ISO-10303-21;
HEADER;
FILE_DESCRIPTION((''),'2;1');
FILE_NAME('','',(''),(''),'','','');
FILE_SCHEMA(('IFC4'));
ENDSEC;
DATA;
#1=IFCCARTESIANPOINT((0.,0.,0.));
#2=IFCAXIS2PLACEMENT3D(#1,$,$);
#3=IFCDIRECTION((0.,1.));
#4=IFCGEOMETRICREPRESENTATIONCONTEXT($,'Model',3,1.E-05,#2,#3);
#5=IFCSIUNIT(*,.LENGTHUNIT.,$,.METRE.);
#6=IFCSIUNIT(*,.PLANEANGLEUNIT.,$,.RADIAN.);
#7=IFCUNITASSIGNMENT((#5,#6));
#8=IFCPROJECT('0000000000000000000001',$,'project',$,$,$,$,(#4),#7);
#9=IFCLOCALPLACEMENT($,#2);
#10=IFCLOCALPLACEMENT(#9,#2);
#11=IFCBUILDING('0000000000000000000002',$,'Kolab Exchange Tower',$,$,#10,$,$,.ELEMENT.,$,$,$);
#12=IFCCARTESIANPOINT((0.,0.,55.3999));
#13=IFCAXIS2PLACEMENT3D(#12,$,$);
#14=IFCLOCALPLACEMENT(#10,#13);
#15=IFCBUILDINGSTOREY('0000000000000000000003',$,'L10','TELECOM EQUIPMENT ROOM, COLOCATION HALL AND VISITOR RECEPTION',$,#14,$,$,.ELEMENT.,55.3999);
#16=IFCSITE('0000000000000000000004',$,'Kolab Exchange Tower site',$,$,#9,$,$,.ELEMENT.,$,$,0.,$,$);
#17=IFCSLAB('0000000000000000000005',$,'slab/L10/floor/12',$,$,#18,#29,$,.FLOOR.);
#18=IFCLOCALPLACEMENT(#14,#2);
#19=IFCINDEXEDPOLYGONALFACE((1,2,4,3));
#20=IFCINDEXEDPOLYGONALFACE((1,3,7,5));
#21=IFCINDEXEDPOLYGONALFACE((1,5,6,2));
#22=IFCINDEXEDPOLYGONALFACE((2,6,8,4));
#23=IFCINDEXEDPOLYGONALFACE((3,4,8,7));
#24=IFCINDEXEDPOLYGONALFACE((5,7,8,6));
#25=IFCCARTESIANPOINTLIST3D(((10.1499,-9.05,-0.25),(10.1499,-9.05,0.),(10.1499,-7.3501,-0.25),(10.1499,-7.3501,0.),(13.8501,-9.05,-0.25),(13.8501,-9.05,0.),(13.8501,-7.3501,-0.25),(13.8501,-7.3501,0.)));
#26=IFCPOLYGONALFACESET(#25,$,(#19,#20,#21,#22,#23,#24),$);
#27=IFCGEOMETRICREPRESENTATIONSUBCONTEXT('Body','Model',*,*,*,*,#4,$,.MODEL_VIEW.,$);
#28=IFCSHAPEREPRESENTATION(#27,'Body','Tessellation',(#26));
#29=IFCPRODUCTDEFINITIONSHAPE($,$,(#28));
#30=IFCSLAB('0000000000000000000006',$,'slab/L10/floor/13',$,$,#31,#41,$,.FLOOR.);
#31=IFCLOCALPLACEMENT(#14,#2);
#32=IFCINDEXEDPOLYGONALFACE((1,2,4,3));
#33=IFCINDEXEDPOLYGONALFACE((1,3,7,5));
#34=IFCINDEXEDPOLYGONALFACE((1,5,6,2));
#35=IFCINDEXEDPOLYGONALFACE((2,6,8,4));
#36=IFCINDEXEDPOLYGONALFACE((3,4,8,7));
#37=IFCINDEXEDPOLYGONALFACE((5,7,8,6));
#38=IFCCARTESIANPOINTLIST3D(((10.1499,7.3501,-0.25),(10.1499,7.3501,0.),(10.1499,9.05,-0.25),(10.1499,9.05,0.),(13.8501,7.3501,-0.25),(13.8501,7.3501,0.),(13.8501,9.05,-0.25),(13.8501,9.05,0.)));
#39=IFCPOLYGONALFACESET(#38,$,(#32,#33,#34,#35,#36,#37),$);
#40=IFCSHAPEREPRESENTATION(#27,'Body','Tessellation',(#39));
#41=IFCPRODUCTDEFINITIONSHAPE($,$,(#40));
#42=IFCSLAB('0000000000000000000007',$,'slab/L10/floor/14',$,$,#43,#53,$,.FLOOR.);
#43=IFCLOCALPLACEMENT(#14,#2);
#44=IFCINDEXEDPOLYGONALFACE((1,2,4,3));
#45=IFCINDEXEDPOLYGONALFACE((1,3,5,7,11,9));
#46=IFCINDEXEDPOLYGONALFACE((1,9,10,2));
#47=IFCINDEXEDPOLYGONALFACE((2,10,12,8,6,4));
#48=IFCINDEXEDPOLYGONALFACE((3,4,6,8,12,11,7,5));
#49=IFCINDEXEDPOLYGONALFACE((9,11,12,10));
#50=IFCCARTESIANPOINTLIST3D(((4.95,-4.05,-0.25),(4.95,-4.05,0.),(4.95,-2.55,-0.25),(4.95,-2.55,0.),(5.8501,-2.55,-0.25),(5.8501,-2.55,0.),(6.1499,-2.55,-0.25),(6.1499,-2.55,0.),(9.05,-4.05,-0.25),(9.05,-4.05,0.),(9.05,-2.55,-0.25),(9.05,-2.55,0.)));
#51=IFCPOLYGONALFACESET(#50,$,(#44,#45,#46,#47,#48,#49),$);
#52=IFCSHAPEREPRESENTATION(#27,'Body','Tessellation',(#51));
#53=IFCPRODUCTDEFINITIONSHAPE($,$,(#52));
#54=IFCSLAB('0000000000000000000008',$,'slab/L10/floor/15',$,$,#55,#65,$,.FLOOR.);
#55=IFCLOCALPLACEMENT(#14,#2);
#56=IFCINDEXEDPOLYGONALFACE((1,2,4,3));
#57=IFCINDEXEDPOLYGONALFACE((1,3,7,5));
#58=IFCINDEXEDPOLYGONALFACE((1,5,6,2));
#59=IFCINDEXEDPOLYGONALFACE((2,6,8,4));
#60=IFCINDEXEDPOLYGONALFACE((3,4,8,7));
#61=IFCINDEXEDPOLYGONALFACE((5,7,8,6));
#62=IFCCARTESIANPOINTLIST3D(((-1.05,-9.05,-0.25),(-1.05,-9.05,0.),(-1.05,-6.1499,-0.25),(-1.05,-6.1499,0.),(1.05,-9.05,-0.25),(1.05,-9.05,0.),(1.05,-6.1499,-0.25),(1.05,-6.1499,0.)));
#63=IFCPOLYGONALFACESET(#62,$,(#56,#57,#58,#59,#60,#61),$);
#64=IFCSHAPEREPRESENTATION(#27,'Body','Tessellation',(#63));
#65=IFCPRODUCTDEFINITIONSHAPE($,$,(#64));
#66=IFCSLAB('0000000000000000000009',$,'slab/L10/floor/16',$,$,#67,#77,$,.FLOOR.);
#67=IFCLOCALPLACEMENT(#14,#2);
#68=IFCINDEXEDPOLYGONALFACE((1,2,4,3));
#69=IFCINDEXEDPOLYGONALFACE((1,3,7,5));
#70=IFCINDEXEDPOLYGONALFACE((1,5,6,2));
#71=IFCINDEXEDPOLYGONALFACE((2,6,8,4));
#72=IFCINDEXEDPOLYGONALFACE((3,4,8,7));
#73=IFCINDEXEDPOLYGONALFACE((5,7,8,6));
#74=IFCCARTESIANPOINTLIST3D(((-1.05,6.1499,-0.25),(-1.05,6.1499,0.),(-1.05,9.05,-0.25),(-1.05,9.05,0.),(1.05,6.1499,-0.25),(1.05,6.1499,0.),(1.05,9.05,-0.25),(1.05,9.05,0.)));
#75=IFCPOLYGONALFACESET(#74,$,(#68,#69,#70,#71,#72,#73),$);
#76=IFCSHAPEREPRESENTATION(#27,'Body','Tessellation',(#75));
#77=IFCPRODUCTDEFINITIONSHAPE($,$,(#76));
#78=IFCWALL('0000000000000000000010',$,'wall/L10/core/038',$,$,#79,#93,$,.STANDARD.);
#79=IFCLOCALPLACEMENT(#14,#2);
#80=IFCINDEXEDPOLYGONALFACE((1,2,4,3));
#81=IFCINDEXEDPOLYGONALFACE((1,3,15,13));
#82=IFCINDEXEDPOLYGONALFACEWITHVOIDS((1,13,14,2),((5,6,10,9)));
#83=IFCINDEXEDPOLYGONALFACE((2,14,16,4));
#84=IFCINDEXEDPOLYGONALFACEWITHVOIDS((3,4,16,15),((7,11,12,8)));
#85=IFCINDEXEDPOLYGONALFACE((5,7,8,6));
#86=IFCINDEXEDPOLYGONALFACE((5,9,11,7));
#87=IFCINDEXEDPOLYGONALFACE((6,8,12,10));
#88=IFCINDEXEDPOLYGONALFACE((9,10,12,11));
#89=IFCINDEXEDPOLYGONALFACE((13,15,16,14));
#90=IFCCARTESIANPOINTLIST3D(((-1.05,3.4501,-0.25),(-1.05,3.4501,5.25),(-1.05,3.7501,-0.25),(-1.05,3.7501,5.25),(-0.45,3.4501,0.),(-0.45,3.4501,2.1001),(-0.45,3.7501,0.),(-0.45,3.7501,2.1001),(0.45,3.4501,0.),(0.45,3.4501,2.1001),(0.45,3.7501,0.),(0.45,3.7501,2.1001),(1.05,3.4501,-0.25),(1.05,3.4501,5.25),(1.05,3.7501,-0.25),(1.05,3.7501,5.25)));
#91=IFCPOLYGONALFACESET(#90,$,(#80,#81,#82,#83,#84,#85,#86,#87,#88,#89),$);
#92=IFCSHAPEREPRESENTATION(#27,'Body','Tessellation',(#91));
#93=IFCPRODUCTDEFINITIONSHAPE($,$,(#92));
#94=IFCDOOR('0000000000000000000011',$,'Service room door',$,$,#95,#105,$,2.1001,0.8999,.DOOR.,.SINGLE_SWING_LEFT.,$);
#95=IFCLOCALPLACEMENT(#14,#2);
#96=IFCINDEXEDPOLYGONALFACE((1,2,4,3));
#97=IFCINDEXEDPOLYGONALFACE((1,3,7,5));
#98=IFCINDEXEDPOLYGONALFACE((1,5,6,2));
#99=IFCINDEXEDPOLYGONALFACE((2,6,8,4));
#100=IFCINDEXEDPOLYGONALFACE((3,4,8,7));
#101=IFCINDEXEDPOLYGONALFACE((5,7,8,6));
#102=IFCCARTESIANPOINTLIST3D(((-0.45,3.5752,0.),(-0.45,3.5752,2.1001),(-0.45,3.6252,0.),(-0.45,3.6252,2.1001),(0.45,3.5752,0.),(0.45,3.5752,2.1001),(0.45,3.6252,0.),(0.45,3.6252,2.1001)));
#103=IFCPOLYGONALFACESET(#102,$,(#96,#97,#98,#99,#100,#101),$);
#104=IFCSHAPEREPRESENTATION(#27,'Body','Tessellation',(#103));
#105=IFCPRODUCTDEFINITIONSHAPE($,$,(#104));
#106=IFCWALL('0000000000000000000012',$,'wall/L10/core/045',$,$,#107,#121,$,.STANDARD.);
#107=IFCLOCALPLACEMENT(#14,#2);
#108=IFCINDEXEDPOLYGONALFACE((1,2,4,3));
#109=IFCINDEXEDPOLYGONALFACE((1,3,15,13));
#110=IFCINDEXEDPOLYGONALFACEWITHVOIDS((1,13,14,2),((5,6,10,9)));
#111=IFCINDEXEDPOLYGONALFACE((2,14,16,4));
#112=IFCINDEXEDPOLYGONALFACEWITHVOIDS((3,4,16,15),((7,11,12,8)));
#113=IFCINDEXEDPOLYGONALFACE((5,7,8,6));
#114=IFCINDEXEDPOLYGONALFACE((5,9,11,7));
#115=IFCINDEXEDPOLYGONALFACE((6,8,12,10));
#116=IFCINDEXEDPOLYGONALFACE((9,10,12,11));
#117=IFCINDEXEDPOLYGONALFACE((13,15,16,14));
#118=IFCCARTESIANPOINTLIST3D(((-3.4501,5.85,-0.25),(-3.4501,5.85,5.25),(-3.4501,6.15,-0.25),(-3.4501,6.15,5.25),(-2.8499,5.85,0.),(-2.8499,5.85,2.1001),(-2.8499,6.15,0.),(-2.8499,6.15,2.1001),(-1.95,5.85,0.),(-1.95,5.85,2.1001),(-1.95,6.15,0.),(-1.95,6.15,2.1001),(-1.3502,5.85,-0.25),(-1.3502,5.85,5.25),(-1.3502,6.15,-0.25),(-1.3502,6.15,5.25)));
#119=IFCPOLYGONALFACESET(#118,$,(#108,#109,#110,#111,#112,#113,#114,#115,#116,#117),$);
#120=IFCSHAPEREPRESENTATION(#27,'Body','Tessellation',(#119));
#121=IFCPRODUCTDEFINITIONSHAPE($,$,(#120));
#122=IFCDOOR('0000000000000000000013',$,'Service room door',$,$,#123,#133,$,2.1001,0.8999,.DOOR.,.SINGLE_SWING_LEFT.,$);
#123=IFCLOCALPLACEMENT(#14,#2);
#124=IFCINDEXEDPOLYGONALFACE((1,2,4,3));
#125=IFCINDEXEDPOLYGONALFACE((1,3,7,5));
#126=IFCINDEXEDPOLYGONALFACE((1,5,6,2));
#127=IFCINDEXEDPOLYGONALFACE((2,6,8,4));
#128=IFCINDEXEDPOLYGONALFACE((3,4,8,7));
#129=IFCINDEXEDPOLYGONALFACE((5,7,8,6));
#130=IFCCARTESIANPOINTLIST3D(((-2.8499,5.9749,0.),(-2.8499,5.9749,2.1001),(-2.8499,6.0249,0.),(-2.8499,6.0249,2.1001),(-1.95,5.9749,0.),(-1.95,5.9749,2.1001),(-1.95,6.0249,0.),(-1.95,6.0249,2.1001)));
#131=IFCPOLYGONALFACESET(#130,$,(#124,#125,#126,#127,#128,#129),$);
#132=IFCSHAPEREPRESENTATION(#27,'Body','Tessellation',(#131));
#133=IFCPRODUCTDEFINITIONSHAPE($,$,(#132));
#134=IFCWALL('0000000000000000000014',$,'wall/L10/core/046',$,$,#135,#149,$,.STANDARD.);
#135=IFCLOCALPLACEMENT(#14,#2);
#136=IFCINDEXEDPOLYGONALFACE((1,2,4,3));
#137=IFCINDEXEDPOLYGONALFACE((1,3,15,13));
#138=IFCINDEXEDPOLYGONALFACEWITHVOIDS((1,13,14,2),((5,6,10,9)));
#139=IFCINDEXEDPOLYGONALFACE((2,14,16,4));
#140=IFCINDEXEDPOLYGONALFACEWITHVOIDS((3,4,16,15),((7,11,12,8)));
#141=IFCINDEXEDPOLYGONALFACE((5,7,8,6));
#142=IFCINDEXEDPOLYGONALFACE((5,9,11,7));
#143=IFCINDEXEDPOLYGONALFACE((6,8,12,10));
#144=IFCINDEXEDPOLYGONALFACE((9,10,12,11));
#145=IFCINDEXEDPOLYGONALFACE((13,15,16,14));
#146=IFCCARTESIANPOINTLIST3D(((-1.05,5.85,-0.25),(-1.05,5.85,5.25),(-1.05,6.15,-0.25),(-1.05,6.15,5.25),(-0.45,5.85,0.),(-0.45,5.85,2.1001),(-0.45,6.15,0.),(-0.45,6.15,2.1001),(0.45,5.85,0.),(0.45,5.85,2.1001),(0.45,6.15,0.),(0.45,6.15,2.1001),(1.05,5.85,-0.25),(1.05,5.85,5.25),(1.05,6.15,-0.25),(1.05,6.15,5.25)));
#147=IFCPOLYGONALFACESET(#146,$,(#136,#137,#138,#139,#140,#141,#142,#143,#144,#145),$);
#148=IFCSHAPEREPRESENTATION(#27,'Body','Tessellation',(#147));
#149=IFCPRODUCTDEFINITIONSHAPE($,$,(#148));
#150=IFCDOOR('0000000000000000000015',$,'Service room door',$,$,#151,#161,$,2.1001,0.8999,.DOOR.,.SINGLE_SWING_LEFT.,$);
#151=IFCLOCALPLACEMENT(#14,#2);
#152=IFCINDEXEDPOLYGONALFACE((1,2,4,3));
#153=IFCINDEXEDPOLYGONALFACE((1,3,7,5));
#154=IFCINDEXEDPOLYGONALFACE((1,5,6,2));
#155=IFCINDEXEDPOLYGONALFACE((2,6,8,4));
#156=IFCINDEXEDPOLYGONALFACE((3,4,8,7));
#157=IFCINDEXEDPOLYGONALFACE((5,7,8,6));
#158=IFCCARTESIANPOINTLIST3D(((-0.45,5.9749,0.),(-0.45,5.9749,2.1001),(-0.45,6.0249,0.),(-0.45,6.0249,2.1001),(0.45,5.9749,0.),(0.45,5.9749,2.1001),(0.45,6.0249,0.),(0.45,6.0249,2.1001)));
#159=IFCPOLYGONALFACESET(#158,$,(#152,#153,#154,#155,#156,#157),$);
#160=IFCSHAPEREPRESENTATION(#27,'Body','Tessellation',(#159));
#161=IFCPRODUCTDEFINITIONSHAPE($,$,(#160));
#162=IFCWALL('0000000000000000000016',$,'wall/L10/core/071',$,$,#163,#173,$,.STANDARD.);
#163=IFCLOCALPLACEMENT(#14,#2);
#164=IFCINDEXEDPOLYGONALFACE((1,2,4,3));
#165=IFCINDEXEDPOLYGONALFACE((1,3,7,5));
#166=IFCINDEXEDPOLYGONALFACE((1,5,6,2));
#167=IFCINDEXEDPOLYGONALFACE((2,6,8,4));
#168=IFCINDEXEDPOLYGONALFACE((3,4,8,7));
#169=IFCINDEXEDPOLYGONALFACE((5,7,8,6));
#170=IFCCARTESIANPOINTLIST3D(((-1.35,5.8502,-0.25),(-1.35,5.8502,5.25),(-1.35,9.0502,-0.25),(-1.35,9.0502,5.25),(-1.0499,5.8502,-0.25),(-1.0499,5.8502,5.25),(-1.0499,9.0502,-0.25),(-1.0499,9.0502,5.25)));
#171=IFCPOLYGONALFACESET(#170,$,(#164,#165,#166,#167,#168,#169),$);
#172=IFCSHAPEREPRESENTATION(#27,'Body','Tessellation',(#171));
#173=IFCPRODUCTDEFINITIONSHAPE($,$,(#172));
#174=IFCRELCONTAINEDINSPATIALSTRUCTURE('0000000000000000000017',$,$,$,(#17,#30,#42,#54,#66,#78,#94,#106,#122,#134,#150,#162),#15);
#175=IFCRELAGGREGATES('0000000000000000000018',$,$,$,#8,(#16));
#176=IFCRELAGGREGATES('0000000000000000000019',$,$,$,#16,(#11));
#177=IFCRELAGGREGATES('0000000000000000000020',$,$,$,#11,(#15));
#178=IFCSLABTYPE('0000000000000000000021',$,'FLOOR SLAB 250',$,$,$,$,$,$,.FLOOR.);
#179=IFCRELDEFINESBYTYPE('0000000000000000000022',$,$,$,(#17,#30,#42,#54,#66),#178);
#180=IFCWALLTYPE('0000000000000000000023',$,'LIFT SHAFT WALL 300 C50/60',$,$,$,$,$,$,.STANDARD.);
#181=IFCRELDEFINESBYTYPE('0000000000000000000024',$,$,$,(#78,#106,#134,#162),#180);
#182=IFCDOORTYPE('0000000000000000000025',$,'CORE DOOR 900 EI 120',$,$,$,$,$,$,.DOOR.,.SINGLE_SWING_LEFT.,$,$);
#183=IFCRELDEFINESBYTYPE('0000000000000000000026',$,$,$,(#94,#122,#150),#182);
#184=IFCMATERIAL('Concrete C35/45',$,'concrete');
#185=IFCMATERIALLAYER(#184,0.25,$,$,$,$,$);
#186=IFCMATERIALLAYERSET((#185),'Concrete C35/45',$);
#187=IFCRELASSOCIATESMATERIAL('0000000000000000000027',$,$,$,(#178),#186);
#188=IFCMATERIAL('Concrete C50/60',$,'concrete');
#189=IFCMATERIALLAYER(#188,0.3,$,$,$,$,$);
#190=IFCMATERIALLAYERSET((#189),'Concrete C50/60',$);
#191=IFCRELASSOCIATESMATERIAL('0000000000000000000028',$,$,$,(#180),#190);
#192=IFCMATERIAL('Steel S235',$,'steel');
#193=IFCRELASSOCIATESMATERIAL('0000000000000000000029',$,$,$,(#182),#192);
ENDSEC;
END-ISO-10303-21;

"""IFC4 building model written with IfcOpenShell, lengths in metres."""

from ifc_helpers import new_model, si_unit, direction, frame, frame_2d, origin, place, context, subcontext, project, spatial, polyline, rectangle, outline, extrude, material, layer, layer_set, type_object, element, fill, save


model = new_model("IFC4")

# Units and contexts
model_context = context("Model", 3, precision=1e-05, world=origin(), true_north=direction((0.0, 1.0)))
body_context = subcontext(model_context, "Body", "Model", "MODEL_VIEW")
ifc_project = project(units=[si_unit("LENGTHUNIT", "METRE"), si_unit("PLANEANGLEUNIT", "RADIAN")], contexts=[model_context])

# Site, building, storey
site_placement = place(None, origin())
site = spatial("IfcSite", under=ifc_project, at=site_placement, Name="Kolab Exchange Tower site", CompositionType="ELEMENT", RefElevation=0.0)
building_placement = place(site_placement, origin())
building = spatial("IfcBuilding", under=site, at=building_placement, Name="Kolab Exchange Tower", CompositionType="ELEMENT")
storey_placement = place(building_placement, frame((0.0, 0.0, 55.3999)))
storey = spatial("IfcBuildingStorey", under=building, at=storey_placement, Name="L10", Description="TELECOM EQUIPMENT ROOM, COLOCATION HALL AND VISITOR RECEPTION", CompositionType="ELEMENT", Elevation=55.3999)

# Slabs
ifc_material_1 = material(Name="Concrete C35/45", Category="concrete")
ifc_layer_1 = layer(ifc_material_1, 0.25)
ifc_layer_set_1 = layer_set([ifc_layer_1], Name="Concrete C35/45")
slab_type = type_object("IfcSlabType", Name="FLOOR SLAB 250", PredefinedType="FLOOR", material=ifc_layer_set_1)
slab_1_placement = place(storey_placement, frame((0.0, 0.0, -0.25)))
element("IfcSlab", 1, at=slab_1_placement, inside=storey, type_object=slab_type, Name="slab/L10/floor/12", PredefinedType="FLOOR", context=body_context, shape_type="SweptSolid", body=[
    extrude(outline(polyline([(10.1499, -7.3501), (10.1499, -9.05), (13.8501, -9.05), (13.8501, -7.3501), (10.1499, -7.3501)])), origin(), (0.0, 0.0, 1.0), 0.25),
])
slab_2_placement = place(storey_placement, frame((0.0, 0.0, -0.25)))
element("IfcSlab", 2, at=slab_2_placement, inside=storey, type_object=slab_type, Name="slab/L10/floor/13", PredefinedType="FLOOR", context=body_context, shape_type="SweptSolid", body=[
    extrude(outline(polyline([(10.1499, 7.3501), (13.8501, 7.3501), (13.8501, 9.05), (10.1499, 9.05), (10.1499, 7.3501)])), origin(), (0.0, 0.0, 1.0), 0.25),
])
slab_3_placement = place(storey_placement, frame((0.0, 0.0, -0.25)))
element("IfcSlab", 3, at=slab_3_placement, inside=storey, type_object=slab_type, Name="slab/L10/floor/14", PredefinedType="FLOOR", context=body_context, shape_type="SweptSolid", body=[
    extrude(outline(polyline([(9.05, -4.05), (9.05, -2.55), (6.1499, -2.55), (5.8501, -2.55), (4.95, -2.55), (4.95, -4.05), (9.05, -4.05)])), origin(), (0.0, 0.0, 1.0), 0.25),
])
slab_4_placement = place(storey_placement, frame((0.0, 0.0, -0.25)))
element("IfcSlab", 4, at=slab_4_placement, inside=storey, type_object=slab_type, Name="slab/L10/floor/15", PredefinedType="FLOOR", context=body_context, shape_type="SweptSolid", body=[
    extrude(outline(polyline([(1.05, -6.1499), (-1.05, -6.1499), (-1.05, -9.05), (1.05, -9.05), (1.05, -6.1499)])), origin(), (0.0, 0.0, 1.0), 0.25),
])
slab_5_placement = place(storey_placement, frame((0.0, 0.0, -0.25)))
element("IfcSlab", 5, at=slab_5_placement, inside=storey, type_object=slab_type, Name="slab/L10/floor/16", PredefinedType="FLOOR", context=body_context, shape_type="SweptSolid", body=[
    extrude(outline(polyline([(-1.05, 9.05), (-1.05, 6.1499), (1.05, 6.1499), (1.05, 9.05), (-1.05, 9.05)])), origin(), (0.0, 0.0, 1.0), 0.25),
])

# Walls, openings, doors
ifc_material_2 = material(Name="Concrete C50/60", Category="concrete")
ifc_layer_2 = layer(ifc_material_2, 0.3)
ifc_layer_set_2 = layer_set([ifc_layer_2], Name="Concrete C50/60")
wall_type = type_object("IfcWallType", Name="LIFT SHAFT WALL 300 C50/60", PredefinedType="STANDARD", material=ifc_layer_set_2)
wall_1_placement = place(storey_placement, frame((-1.05, 3.6001, -0.25), z_axis=(0.0, 0.0, 1.0), x_axis=(1.0, 0.0, 0.0)))
wall_1 = element("IfcWall", 6, at=wall_1_placement, inside=storey, type_object=wall_type, Name="wall/L10/core/038", PredefinedType="STANDARD", context=body_context, shape_type="SweptSolid", body=[
    extrude(rectangle(XDim=2.1001, YDim=0.3, at=frame_2d((1.05, 0.0))), origin(), (0.0, 0.0, 1.0), 5.5),
])
opening_1_placement = place(wall_1_placement, frame((0.6001, 0.0, 0.25)))
opening_1 = element("IfcOpeningElement", 7, at=opening_1_placement, cuts=wall_1, PredefinedType="OPENING", context=body_context, shape_type="SweptSolid", body=[
    extrude(rectangle(XDim=0.8999, YDim=2.1001, at=frame_2d((0.45, 1.05))), frame((0.0, 0.1602, 0.0), z_axis=(0.0, -1.0, 0.0), x_axis=(1.0, 0.0, 0.0)), (0.0, 0.0, 1.0), 0.3201),
])
ifc_material_3 = material(Name="Steel S235", Category="steel")
door_type = type_object("IfcDoorType", Name="CORE DOOR 900 EI 120", OperationType="SINGLE_SWING_LEFT", PredefinedType="DOOR", material=ifc_material_3)
door_1_placement = place(opening_1_placement, frame((0.8999, 0.0, 0.0), z_axis=(0.0, 0.0, 1.0), x_axis=(-1.0, 0.0, 0.0)))
door_1 = element("IfcDoor", 8, at=door_1_placement, inside=storey, type_object=door_type, Name="Service room door", OperationType="SINGLE_SWING_LEFT", OverallHeight=2.1001, OverallWidth=0.8999, PredefinedType="DOOR", context=body_context, shape_type="SweptSolid", body=[
    extrude(rectangle(XDim=0.8999, YDim=2.1001, at=frame_2d((0.45, 1.05))), frame((0.0, 0.0249, 0.0), z_axis=(0.0, -1.0, 0.0), x_axis=(1.0, 0.0, 0.0)), (0.0, 0.0, 1.0), 0.05),
])
fill(opening_1, door_1)
wall_2_placement = place(storey_placement, frame((-3.45, 6.0, -0.25), z_axis=(0.0, 0.0, 1.0), x_axis=(1.0, 0.0, 0.0)))
wall_2 = element("IfcWall", 9, at=wall_2_placement, inside=storey, type_object=wall_type, Name="wall/L10/core/045", PredefinedType="STANDARD", context=body_context, shape_type="SweptSolid", body=[
    extrude(rectangle(XDim=2.0999, YDim=0.3, at=frame_2d((1.0498, 0.0))), origin(), (0.0, 0.0, 1.0), 5.5),
])
opening_2_placement = place(wall_2_placement, frame((0.6001, 0.0, 0.25)))
opening_2 = element("IfcOpeningElement", 10, at=opening_2_placement, cuts=wall_2, PredefinedType="OPENING", context=body_context, shape_type="SweptSolid", body=[
    extrude(rectangle(XDim=0.8999, YDim=2.1001, at=frame_2d((0.45, 1.05))), frame((0.0, 0.1602, 0.0), z_axis=(0.0, -1.0, 0.0), x_axis=(1.0, 0.0, 0.0)), (0.0, 0.0, 1.0), 0.3201),
])
door_2_placement = place(opening_2_placement, origin())
door_2 = element("IfcDoor", 11, at=door_2_placement, inside=storey, type_object=door_type, Name="Service room door", OperationType="SINGLE_SWING_LEFT", OverallHeight=2.1001, OverallWidth=0.8999, PredefinedType="DOOR", context=body_context, shape_type="SweptSolid", body=[
    extrude(rectangle(XDim=0.8999, YDim=2.1001, at=frame_2d((0.45, 1.05))), frame((0.0, 0.0249, 0.0), z_axis=(0.0, -1.0, 0.0), x_axis=(1.0, 0.0, 0.0)), (0.0, 0.0, 1.0), 0.05),
])
fill(opening_2, door_2)
wall_3_placement = place(storey_placement, frame((-1.05, 6.0, -0.25), z_axis=(0.0, 0.0, 1.0), x_axis=(1.0, 0.0, 0.0)))
wall_3 = element("IfcWall", 12, at=wall_3_placement, inside=storey, type_object=wall_type, Name="wall/L10/core/046", PredefinedType="STANDARD", context=body_context, shape_type="SweptSolid", body=[
    extrude(rectangle(XDim=2.1001, YDim=0.3, at=frame_2d((1.05, 0.0))), origin(), (0.0, 0.0, 1.0), 5.5),
])
opening_3_placement = place(wall_3_placement, frame((0.6001, 0.0, 0.25)))
opening_3 = element("IfcOpeningElement", 13, at=opening_3_placement, cuts=wall_3, PredefinedType="OPENING", context=body_context, shape_type="SweptSolid", body=[
    extrude(rectangle(XDim=0.8999, YDim=2.1001, at=frame_2d((0.45, 1.05))), frame((0.0, 0.1602, 0.0), z_axis=(0.0, -1.0, 0.0), x_axis=(1.0, 0.0, 0.0)), (0.0, 0.0, 1.0), 0.3201),
])
door_3_placement = place(opening_3_placement, origin())
door_3 = element("IfcDoor", 14, at=door_3_placement, inside=storey, type_object=door_type, Name="Service room door", OperationType="SINGLE_SWING_LEFT", OverallHeight=2.1001, OverallWidth=0.8999, PredefinedType="DOOR", context=body_context, shape_type="SweptSolid", body=[
    extrude(rectangle(XDim=0.8999, YDim=2.1001, at=frame_2d((0.45, 1.05))), frame((0.0, 0.0249, 0.0), z_axis=(0.0, -1.0, 0.0), x_axis=(1.0, 0.0, 0.0)), (0.0, 0.0, 1.0), 0.05),
])
fill(opening_3, door_3)

# Wall
wall_4_placement = place(storey_placement, frame((-1.2, 5.8501, -0.25), z_axis=(0.0, 0.0, 1.0), x_axis=(0.0, 1.0, 0.0)))
element("IfcWall", 15, at=wall_4_placement, inside=storey, type_object=wall_type, Name="wall/L10/core/071", PredefinedType="STANDARD", context=body_context, shape_type="SweptSolid", body=[
    extrude(rectangle(XDim=3.2, YDim=0.3, at=frame_2d((1.6001, 0.0))), origin(), (0.0, 0.0, 1.0), 5.5),
])

save(model, "model.ifc")
